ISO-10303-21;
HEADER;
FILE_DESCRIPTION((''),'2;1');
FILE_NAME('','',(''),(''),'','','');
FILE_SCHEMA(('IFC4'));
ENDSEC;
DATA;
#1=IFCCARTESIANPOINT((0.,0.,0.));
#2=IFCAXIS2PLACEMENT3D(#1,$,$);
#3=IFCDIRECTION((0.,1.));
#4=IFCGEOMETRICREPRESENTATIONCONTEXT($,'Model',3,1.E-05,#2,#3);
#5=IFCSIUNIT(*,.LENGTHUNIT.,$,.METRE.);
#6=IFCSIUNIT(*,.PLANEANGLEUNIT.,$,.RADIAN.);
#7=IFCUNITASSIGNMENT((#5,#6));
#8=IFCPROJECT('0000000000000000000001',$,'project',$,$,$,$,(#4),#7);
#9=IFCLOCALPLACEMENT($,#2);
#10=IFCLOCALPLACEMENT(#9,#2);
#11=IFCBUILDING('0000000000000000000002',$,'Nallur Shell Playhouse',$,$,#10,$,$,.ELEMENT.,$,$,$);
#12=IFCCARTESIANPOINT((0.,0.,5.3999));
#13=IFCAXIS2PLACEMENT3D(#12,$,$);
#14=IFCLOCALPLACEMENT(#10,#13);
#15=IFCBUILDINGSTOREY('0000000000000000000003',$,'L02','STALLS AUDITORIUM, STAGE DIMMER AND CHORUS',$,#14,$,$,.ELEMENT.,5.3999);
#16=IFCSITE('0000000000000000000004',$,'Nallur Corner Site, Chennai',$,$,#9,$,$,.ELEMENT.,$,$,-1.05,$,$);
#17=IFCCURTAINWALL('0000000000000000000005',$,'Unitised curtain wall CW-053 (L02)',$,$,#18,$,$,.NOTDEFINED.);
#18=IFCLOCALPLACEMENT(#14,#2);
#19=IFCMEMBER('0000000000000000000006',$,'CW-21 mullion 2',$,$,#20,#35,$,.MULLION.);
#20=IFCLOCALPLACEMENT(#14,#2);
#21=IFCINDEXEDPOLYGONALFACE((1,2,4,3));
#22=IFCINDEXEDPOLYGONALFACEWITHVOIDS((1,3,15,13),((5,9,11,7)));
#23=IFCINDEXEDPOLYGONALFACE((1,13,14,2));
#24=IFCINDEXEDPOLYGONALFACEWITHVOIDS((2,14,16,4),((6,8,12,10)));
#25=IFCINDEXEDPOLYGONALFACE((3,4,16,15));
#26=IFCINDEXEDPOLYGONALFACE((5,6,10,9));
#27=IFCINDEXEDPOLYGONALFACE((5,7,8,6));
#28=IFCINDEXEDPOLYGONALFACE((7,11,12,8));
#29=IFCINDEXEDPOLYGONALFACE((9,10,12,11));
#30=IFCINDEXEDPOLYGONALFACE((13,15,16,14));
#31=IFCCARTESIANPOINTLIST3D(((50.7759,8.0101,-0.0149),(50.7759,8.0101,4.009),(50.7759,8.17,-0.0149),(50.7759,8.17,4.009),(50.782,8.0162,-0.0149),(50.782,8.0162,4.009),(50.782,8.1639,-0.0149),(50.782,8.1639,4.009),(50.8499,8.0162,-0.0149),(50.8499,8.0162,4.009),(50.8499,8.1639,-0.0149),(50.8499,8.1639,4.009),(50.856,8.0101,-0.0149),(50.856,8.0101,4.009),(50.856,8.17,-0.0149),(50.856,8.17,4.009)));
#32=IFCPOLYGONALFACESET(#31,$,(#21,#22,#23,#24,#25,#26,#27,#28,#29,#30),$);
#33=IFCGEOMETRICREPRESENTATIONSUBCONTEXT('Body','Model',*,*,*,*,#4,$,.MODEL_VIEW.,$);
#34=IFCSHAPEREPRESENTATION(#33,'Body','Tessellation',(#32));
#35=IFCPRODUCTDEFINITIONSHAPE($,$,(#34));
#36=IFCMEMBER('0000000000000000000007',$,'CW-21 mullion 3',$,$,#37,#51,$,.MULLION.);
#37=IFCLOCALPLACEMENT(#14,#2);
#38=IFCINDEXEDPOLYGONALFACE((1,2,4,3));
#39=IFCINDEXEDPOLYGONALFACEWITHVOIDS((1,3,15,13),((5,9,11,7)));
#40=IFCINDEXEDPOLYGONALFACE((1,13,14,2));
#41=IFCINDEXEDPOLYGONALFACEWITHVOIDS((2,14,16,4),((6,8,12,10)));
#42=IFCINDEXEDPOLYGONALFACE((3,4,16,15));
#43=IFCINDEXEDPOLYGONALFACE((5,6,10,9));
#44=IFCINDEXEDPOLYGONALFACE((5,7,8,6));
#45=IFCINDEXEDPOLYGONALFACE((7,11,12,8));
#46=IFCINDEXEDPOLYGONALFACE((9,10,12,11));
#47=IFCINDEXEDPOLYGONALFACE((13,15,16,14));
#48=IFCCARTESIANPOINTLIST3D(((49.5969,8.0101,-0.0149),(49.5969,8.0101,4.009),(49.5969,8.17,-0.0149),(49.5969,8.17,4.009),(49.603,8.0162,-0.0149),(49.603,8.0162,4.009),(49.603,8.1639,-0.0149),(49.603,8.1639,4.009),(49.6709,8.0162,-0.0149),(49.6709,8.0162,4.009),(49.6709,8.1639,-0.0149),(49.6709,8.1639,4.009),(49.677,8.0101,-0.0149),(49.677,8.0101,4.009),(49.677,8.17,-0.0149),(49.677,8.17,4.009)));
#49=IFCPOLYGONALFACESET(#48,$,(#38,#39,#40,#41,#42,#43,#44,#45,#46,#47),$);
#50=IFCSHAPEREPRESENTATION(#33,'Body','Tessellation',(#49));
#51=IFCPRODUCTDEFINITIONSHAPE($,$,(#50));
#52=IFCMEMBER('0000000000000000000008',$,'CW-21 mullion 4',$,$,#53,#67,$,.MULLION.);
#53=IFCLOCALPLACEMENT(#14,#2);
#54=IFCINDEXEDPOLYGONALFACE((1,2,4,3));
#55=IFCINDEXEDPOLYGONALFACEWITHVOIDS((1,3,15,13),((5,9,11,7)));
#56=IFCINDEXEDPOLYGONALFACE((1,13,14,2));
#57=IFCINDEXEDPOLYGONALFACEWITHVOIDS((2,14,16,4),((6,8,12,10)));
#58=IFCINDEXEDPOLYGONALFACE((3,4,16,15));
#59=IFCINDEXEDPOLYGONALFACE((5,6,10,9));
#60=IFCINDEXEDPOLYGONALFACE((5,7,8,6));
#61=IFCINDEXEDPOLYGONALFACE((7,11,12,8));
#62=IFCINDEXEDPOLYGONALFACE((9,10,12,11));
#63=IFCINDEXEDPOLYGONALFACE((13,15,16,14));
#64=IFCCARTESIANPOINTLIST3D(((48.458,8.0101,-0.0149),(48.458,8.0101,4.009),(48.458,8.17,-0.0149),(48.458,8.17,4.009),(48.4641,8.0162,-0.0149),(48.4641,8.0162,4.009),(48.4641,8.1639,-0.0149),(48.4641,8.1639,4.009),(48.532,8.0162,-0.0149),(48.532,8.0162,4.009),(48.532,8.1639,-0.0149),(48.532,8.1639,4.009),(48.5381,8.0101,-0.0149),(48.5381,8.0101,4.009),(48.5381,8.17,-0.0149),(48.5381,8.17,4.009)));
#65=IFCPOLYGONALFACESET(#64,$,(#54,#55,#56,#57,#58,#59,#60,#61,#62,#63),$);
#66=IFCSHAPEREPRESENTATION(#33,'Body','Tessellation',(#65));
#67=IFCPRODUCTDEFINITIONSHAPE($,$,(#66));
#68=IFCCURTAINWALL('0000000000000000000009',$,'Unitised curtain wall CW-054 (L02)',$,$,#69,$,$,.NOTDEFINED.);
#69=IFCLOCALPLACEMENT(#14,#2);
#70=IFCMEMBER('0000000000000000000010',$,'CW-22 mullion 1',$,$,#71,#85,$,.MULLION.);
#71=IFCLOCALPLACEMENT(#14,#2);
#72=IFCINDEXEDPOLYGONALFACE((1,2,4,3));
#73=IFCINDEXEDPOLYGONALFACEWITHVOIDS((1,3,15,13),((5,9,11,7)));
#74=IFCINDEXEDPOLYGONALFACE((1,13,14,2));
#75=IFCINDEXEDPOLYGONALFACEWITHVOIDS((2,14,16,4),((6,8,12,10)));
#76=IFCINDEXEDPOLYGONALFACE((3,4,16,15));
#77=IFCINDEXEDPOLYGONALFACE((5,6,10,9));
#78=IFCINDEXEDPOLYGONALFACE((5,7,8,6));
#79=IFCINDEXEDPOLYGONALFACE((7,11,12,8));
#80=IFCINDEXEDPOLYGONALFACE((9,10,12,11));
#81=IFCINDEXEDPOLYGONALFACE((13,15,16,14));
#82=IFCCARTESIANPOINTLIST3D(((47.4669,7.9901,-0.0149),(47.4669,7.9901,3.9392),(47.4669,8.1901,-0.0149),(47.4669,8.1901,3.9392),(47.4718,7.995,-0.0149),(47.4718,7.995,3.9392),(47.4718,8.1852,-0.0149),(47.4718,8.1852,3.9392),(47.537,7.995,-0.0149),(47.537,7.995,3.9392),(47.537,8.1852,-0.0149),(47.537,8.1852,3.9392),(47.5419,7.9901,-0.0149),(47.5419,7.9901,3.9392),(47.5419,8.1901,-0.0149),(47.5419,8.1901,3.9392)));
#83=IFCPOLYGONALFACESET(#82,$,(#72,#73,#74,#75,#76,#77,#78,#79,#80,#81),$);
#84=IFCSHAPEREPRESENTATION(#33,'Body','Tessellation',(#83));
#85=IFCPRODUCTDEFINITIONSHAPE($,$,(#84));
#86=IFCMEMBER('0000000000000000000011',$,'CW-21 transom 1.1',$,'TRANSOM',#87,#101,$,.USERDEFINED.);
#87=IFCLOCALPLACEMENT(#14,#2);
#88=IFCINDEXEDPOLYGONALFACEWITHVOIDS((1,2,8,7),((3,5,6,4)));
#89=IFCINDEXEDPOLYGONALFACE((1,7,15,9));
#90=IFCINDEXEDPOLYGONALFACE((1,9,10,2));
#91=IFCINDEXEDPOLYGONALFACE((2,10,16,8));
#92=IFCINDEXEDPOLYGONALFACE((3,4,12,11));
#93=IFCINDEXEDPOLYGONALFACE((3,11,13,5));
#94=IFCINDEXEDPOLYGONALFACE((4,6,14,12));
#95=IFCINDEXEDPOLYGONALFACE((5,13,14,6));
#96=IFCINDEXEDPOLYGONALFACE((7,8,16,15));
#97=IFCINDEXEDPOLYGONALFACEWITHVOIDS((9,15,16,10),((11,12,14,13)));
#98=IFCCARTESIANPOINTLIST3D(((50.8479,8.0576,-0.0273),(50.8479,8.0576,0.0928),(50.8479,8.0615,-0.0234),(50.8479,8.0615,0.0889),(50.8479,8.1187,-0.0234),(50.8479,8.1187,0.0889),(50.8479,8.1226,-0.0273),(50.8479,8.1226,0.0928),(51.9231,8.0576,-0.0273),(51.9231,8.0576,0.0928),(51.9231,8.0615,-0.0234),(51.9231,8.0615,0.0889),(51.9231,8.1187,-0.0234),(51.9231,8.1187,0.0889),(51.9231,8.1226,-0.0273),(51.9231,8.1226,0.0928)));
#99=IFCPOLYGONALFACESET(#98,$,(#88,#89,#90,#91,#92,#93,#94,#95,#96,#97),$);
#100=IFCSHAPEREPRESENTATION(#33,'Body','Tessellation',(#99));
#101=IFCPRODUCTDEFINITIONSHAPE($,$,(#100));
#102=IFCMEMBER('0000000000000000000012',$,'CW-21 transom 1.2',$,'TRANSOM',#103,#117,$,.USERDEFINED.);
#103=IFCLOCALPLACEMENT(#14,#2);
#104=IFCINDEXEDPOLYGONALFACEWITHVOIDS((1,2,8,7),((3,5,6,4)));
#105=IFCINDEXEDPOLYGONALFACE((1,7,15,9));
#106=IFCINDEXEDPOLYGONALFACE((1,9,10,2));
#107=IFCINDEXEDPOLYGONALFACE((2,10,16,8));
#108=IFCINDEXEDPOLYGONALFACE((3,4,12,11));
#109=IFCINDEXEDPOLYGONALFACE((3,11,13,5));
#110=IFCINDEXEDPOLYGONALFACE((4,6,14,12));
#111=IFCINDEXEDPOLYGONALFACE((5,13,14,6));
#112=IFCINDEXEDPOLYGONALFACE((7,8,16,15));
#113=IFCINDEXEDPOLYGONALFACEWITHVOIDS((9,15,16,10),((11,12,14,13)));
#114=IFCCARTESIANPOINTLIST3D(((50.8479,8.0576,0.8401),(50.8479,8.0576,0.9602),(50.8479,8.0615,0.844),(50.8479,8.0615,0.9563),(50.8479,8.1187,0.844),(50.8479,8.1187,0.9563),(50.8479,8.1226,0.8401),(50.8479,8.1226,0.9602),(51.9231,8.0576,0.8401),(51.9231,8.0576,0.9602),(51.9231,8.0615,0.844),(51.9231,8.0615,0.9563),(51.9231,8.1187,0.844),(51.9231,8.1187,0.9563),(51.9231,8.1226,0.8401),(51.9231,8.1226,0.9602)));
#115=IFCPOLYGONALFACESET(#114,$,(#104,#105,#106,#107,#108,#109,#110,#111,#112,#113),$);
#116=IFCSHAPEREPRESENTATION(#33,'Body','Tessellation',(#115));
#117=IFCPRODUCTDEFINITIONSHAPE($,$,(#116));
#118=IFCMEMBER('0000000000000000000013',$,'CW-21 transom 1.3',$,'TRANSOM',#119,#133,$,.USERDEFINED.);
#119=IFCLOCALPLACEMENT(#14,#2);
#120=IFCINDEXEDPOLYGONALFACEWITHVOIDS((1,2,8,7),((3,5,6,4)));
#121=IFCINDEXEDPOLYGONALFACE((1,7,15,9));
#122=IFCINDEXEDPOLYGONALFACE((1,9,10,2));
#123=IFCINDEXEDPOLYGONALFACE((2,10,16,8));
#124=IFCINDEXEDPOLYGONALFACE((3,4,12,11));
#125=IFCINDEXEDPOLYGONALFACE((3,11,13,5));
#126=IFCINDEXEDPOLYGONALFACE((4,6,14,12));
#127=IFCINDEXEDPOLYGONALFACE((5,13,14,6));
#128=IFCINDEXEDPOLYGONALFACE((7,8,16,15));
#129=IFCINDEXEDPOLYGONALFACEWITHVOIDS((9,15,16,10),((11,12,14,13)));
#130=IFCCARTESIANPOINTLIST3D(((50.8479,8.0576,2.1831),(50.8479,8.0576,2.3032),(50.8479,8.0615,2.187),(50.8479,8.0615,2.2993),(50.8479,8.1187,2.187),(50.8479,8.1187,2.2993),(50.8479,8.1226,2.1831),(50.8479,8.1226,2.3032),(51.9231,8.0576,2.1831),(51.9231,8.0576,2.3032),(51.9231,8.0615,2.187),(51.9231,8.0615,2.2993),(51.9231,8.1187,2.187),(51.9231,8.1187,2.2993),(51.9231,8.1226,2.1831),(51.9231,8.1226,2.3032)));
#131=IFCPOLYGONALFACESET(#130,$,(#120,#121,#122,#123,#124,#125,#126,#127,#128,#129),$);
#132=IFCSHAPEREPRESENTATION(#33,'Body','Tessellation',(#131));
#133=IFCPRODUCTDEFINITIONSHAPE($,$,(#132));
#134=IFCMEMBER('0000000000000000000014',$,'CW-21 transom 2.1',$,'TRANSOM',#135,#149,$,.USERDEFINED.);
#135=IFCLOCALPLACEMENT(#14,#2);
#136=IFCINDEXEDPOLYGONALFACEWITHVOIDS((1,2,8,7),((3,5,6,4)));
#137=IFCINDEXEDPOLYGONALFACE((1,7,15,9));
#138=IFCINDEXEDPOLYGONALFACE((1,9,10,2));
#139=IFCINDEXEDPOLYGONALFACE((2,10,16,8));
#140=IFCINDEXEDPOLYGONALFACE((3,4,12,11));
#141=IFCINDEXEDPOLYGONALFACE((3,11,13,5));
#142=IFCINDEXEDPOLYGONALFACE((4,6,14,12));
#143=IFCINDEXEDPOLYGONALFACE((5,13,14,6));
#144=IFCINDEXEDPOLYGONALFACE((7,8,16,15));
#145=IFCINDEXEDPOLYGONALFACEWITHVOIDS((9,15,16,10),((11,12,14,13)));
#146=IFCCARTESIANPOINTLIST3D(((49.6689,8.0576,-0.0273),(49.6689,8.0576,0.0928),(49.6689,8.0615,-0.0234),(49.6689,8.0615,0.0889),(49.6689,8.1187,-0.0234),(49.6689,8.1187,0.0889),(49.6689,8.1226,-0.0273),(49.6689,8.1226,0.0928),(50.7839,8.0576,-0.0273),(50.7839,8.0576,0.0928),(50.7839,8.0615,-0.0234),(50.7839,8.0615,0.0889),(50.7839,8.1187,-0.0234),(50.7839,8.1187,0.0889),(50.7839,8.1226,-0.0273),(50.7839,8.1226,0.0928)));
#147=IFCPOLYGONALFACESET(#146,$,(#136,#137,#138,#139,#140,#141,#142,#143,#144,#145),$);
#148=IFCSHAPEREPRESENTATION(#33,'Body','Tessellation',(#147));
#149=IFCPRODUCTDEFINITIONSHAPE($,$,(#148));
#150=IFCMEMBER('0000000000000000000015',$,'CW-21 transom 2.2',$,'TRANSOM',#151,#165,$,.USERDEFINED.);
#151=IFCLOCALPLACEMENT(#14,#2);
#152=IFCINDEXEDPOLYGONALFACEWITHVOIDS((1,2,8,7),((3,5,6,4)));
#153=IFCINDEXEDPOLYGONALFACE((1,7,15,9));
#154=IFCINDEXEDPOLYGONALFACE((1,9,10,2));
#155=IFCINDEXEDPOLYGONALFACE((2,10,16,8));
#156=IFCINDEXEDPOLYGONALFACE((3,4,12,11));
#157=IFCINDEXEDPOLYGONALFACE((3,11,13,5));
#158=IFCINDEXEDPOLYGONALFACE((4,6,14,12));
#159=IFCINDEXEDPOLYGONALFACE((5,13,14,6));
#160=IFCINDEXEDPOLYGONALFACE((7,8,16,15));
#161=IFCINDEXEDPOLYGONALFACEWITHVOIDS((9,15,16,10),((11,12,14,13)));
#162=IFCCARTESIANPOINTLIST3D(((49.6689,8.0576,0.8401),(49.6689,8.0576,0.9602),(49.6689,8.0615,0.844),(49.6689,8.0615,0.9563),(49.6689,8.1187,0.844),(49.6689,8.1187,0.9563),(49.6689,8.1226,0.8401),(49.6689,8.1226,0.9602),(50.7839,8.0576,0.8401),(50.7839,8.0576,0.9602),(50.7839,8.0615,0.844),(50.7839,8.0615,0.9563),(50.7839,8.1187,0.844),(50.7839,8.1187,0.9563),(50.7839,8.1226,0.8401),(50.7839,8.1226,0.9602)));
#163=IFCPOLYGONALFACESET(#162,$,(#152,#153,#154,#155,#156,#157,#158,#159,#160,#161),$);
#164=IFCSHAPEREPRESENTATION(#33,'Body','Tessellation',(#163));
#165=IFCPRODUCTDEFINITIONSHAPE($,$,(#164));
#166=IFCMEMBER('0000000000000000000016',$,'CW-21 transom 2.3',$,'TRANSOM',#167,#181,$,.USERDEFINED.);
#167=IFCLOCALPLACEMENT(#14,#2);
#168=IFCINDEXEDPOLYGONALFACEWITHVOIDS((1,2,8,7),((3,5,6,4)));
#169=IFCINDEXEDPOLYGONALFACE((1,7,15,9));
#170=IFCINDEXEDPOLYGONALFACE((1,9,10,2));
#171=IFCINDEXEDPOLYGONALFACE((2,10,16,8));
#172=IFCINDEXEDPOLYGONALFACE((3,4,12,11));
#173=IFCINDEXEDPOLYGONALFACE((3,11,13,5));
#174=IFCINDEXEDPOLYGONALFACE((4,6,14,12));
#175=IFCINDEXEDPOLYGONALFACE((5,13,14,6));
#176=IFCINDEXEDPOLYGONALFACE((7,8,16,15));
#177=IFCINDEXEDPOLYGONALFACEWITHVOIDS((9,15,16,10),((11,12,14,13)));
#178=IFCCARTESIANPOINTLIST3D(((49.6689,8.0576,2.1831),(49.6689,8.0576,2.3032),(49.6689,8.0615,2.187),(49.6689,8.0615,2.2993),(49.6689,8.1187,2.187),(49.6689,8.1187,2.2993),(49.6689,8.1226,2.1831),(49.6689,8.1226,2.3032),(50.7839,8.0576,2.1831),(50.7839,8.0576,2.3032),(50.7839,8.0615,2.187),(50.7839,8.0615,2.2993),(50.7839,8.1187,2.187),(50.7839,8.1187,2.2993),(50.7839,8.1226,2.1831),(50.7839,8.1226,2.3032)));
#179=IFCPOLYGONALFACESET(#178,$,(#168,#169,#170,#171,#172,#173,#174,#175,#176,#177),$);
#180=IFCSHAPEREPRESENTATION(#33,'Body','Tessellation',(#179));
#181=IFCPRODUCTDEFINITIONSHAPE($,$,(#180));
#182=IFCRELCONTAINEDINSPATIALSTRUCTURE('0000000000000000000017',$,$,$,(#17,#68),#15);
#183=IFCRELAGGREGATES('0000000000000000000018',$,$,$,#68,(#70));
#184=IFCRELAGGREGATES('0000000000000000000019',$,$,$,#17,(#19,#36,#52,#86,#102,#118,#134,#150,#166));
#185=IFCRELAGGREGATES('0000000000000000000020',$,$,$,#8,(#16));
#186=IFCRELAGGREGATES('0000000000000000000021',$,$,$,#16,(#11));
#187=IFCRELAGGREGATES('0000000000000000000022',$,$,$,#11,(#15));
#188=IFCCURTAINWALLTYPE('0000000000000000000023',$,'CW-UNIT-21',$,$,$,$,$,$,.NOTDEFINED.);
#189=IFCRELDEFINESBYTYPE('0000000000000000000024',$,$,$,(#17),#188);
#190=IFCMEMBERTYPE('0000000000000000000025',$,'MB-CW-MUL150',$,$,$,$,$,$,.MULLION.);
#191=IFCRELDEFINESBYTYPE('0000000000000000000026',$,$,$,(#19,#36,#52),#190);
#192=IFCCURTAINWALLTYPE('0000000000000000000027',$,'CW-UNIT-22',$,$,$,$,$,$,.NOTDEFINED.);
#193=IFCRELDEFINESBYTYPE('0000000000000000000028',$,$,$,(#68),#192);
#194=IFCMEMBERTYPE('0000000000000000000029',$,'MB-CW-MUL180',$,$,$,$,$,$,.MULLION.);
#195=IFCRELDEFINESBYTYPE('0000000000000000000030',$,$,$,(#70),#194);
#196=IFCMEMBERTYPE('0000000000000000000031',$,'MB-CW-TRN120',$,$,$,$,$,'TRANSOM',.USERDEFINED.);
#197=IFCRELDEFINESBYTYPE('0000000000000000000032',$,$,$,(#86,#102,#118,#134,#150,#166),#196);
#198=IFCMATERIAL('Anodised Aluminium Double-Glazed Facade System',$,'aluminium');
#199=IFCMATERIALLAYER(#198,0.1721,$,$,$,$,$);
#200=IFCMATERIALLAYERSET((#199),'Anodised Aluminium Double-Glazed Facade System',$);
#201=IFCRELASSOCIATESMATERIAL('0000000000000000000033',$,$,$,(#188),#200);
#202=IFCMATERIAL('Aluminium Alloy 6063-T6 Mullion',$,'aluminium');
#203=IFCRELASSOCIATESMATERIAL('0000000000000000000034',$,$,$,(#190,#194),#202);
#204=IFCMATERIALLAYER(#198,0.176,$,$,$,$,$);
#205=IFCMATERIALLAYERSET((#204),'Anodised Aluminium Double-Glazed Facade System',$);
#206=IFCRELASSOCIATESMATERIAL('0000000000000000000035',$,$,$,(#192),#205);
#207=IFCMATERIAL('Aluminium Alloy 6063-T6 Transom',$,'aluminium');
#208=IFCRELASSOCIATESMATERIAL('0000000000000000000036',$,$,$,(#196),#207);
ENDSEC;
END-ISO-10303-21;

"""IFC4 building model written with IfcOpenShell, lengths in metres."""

from ifc_helpers import new_model, si_unit, direction, frame, origin, origin_2d, place, context, subcontext, project, spatial, hollow_rectangle, extrude, material, layer, layer_set, material_profile, profile_set, type_object, element, aggregate, save


model = new_model("IFC4")

# Units and contexts
model_context = context("Model", 3, precision=1e-05, world=origin(), true_north=direction((0.0, 1.0)))
body_context = subcontext(model_context, "Body", "Model", "MODEL_VIEW")
ifc_project = project(units=[si_unit("LENGTHUNIT", "METRE"), si_unit("PLANEANGLEUNIT", "RADIAN")], contexts=[model_context])

# Site, building, storey
site_placement = place(None, origin())
site = spatial("IfcSite", under=ifc_project, at=site_placement, Name="Nallur Corner Site, Chennai", CompositionType="ELEMENT", RefElevation=-1.05)
building_placement = place(site_placement, origin())
building = spatial("IfcBuilding", under=site, at=building_placement, Name="Nallur Shell Playhouse", CompositionType="ELEMENT")
storey_placement = place(building_placement, frame((0.0, 0.0, 5.3999)))
storey = spatial("IfcBuildingStorey", under=building, at=storey_placement, Name="L02", Description="STALLS AUDITORIUM, STAGE DIMMER AND CHORUS", CompositionType="ELEMENT", Elevation=5.3999)

# Curtain wall, members
ifc_material_1 = material(Name="Anodised Aluminium Double-Glazed Facade System", Category="aluminium")
ifc_layer_1 = layer(ifc_material_1, 0.1721)
ifc_layer_set_1 = layer_set([ifc_layer_1], Name="Anodised Aluminium Double-Glazed Facade System")
curtain_wall_type_1 = type_object("IfcCurtainWallType", Name="CW-UNIT-21", PredefinedType="NOTDEFINED", material=ifc_layer_set_1)
curtain_wall_1_placement = place(storey_placement, origin())
curtain_wall_1 = element("IfcCurtainWall", 1, at=curtain_wall_1_placement, inside=storey, type_object=curtain_wall_type_1, Name="Unitised curtain wall CW-053 (L02)", PredefinedType="NOTDEFINED")
ifc_material_2 = material(Name="Aluminium Alloy 6063-T6 Mullion", Category="aluminium")
ifc_material_profile_1 = material_profile(ifc_material_2, hollow_rectangle(XDim=0.0801, YDim=0.1599, WallThickness=0.0061, at=origin_2d()), Name="RHS 160x80x6")
ifc_profile_set_1 = profile_set([ifc_material_profile_1], Name="Aluminium Alloy 6063-T6 Mullion")
member_type_1 = type_object("IfcMemberType", Name="MB-CW-MUL150", PredefinedType="MULLION", material=ifc_profile_set_1)
member_1_placement = place(storey_placement, frame((50.8159, 8.0901, -0.0149), z_axis=(0.0, 0.0, 1.0), x_axis=(-1.0, 0.0, 0.0)))
member_1 = element("IfcMember", 2, at=member_1_placement, type_object=member_type_1, Name="CW-21 mullion 2", PredefinedType="MULLION", context=body_context, shape_type="SweptSolid", body=[
    extrude(hollow_rectangle(XDim=0.0801, YDim=0.1599, WallThickness=0.0061, at=origin_2d()), origin(), (0.0, 0.0, 1.0), 4.0239),
])
member_2_placement = place(storey_placement, frame((49.637, 8.0901, -0.0149), z_axis=(0.0, 0.0, 1.0), x_axis=(-1.0, 0.0, 0.0)))
member_2 = element("IfcMember", 3, at=member_2_placement, type_object=member_type_1, Name="CW-21 mullion 3", PredefinedType="MULLION", context=body_context, shape_type="SweptSolid", body=[
    extrude(hollow_rectangle(XDim=0.0801, YDim=0.1599, WallThickness=0.0061, at=origin_2d()), origin(), (0.0, 0.0, 1.0), 4.0239),
])
member_3_placement = place(storey_placement, frame((48.498, 8.0901, -0.0149), z_axis=(0.0, 0.0, 1.0), x_axis=(-1.0, 0.0, 0.0)))
member_3 = element("IfcMember", 4, at=member_3_placement, type_object=member_type_1, Name="CW-21 mullion 4", PredefinedType="MULLION", context=body_context, shape_type="SweptSolid", body=[
    extrude(hollow_rectangle(XDim=0.0801, YDim=0.1599, WallThickness=0.0061, at=origin_2d()), origin(), (0.0, 0.0, 1.0), 4.0239),
])

# Curtain wall, member
ifc_layer_2 = layer(ifc_material_1, 0.176)
ifc_layer_set_2 = layer_set([ifc_layer_2], Name="Anodised Aluminium Double-Glazed Facade System")
curtain_wall_type_2 = type_object("IfcCurtainWallType", Name="CW-UNIT-22", PredefinedType="NOTDEFINED", material=ifc_layer_set_2)
curtain_wall_2_placement = place(storey_placement, origin())
curtain_wall_2 = element("IfcCurtainWall", 5, at=curtain_wall_2_placement, inside=storey, type_object=curtain_wall_type_2, Name="Unitised curtain wall CW-054 (L02)", PredefinedType="NOTDEFINED")
ifc_material_profile_2 = material_profile(ifc_material_2, hollow_rectangle(XDim=0.075, YDim=0.2, WallThickness=0.0049, at=origin_2d()), Name="ALU 75x200x5")
ifc_profile_set_2 = profile_set([ifc_material_profile_2], Name="Aluminium Alloy 6063-T6 Mullion")
member_type_2 = type_object("IfcMemberType", Name="MB-CW-MUL180", PredefinedType="MULLION", material=ifc_profile_set_2)
member_4_placement = place(storey_placement, frame((47.5044, 8.0901, -0.0149), z_axis=(0.0, 0.0, 1.0), x_axis=(-1.0, 0.0, 0.0)))
member_4 = element("IfcMember", 6, at=member_4_placement, type_object=member_type_2, Name="CW-22 mullion 1", PredefinedType="MULLION", context=body_context, shape_type="SweptSolid", body=[
    extrude(hollow_rectangle(XDim=0.075, YDim=0.2, WallThickness=0.0049, at=origin_2d()), origin(), (0.0, 0.0, 1.0), 3.9541),
])

# Members
ifc_material_3 = material(Name="Aluminium Alloy 6063-T6 Transom", Category="aluminium")
ifc_material_profile_3 = material_profile(ifc_material_3, hollow_rectangle(XDim=0.0649, YDim=0.1201, WallThickness=0.0039, at=origin_2d()), Name="ALU 65x120x4")
ifc_profile_set_3 = profile_set([ifc_material_profile_3], Name="Aluminium Alloy 6063-T6 Transom")
member_type_3 = type_object("IfcMemberType", Name="MB-CW-TRN120", ElementType="TRANSOM", PredefinedType="USERDEFINED", material=ifc_profile_set_3)
member_5_placement = place(storey_placement, frame((51.9231, 8.0901, 0.0327), z_axis=(-1.0, 0.0, 0.0), x_axis=(0.0, -1.0, 0.0)))
member_5 = element("IfcMember", 7, at=member_5_placement, type_object=member_type_3, Name="CW-21 transom 1.1", ObjectType="TRANSOM", PredefinedType="USERDEFINED", context=body_context, shape_type="SweptSolid", body=[
    extrude(hollow_rectangle(XDim=0.0649, YDim=0.1201, WallThickness=0.0039, at=origin_2d()), origin(), (0.0, 0.0, 1.0), 1.0752),
])
member_6_placement = place(storey_placement, frame((51.9231, 8.0901, 0.9001), z_axis=(-1.0, 0.0, 0.0), x_axis=(0.0, -1.0, 0.0)))
member_6 = element("IfcMember", 8, at=member_6_placement, type_object=member_type_3, Name="CW-21 transom 1.2", ObjectType="TRANSOM", PredefinedType="USERDEFINED", context=body_context, shape_type="SweptSolid", body=[
    extrude(hollow_rectangle(XDim=0.0649, YDim=0.1201, WallThickness=0.0039, at=origin_2d()), origin(), (0.0, 0.0, 1.0), 1.0752),
])
member_7_placement = place(storey_placement, frame((51.9231, 8.0901, 2.2432), z_axis=(-1.0, 0.0, 0.0), x_axis=(0.0, -1.0, 0.0)))
member_7 = element("IfcMember", 9, at=member_7_placement, type_object=member_type_3, Name="CW-21 transom 1.3", ObjectType="TRANSOM", PredefinedType="USERDEFINED", context=body_context, shape_type="SweptSolid", body=[
    extrude(hollow_rectangle(XDim=0.0649, YDim=0.1201, WallThickness=0.0039, at=origin_2d()), origin(), (0.0, 0.0, 1.0), 1.0752),
])
member_8_placement = place(storey_placement, frame((50.7839, 8.0901, 0.0327), z_axis=(-1.0, 0.0, 0.0), x_axis=(0.0, -1.0, 0.0)))
member_8 = element("IfcMember", 10, at=member_8_placement, type_object=member_type_3, Name="CW-21 transom 2.1", ObjectType="TRANSOM", PredefinedType="USERDEFINED", context=body_context, shape_type="SweptSolid", body=[
    extrude(hollow_rectangle(XDim=0.0649, YDim=0.1201, WallThickness=0.0039, at=origin_2d()), origin(), (0.0, 0.0, 1.0), 1.115),
])
member_9_placement = place(storey_placement, frame((50.7839, 8.0901, 0.9001), z_axis=(-1.0, 0.0, 0.0), x_axis=(0.0, -1.0, 0.0)))
member_9 = element("IfcMember", 11, at=member_9_placement, type_object=member_type_3, Name="CW-21 transom 2.2", ObjectType="TRANSOM", PredefinedType="USERDEFINED", context=body_context, shape_type="SweptSolid", body=[
    extrude(hollow_rectangle(XDim=0.0649, YDim=0.1201, WallThickness=0.0039, at=origin_2d()), origin(), (0.0, 0.0, 1.0), 1.115),
])
member_10_placement = place(storey_placement, frame((50.7839, 8.0901, 2.2432), z_axis=(-1.0, 0.0, 0.0), x_axis=(0.0, -1.0, 0.0)))
member_10 = element("IfcMember", 12, at=member_10_placement, type_object=member_type_3, Name="CW-21 transom 2.3", ObjectType="TRANSOM", PredefinedType="USERDEFINED", context=body_context, shape_type="SweptSolid", body=[
    extrude(hollow_rectangle(XDim=0.0649, YDim=0.1201, WallThickness=0.0039, at=origin_2d()), origin(), (0.0, 0.0, 1.0), 1.115),
])
aggregate(curtain_wall_2, [member_4])

aggregate(curtain_wall_1, [member_1, member_2, member_3, member_5, member_6, member_7, member_8, member_9, member_10])

save(model, "model.ifc")
